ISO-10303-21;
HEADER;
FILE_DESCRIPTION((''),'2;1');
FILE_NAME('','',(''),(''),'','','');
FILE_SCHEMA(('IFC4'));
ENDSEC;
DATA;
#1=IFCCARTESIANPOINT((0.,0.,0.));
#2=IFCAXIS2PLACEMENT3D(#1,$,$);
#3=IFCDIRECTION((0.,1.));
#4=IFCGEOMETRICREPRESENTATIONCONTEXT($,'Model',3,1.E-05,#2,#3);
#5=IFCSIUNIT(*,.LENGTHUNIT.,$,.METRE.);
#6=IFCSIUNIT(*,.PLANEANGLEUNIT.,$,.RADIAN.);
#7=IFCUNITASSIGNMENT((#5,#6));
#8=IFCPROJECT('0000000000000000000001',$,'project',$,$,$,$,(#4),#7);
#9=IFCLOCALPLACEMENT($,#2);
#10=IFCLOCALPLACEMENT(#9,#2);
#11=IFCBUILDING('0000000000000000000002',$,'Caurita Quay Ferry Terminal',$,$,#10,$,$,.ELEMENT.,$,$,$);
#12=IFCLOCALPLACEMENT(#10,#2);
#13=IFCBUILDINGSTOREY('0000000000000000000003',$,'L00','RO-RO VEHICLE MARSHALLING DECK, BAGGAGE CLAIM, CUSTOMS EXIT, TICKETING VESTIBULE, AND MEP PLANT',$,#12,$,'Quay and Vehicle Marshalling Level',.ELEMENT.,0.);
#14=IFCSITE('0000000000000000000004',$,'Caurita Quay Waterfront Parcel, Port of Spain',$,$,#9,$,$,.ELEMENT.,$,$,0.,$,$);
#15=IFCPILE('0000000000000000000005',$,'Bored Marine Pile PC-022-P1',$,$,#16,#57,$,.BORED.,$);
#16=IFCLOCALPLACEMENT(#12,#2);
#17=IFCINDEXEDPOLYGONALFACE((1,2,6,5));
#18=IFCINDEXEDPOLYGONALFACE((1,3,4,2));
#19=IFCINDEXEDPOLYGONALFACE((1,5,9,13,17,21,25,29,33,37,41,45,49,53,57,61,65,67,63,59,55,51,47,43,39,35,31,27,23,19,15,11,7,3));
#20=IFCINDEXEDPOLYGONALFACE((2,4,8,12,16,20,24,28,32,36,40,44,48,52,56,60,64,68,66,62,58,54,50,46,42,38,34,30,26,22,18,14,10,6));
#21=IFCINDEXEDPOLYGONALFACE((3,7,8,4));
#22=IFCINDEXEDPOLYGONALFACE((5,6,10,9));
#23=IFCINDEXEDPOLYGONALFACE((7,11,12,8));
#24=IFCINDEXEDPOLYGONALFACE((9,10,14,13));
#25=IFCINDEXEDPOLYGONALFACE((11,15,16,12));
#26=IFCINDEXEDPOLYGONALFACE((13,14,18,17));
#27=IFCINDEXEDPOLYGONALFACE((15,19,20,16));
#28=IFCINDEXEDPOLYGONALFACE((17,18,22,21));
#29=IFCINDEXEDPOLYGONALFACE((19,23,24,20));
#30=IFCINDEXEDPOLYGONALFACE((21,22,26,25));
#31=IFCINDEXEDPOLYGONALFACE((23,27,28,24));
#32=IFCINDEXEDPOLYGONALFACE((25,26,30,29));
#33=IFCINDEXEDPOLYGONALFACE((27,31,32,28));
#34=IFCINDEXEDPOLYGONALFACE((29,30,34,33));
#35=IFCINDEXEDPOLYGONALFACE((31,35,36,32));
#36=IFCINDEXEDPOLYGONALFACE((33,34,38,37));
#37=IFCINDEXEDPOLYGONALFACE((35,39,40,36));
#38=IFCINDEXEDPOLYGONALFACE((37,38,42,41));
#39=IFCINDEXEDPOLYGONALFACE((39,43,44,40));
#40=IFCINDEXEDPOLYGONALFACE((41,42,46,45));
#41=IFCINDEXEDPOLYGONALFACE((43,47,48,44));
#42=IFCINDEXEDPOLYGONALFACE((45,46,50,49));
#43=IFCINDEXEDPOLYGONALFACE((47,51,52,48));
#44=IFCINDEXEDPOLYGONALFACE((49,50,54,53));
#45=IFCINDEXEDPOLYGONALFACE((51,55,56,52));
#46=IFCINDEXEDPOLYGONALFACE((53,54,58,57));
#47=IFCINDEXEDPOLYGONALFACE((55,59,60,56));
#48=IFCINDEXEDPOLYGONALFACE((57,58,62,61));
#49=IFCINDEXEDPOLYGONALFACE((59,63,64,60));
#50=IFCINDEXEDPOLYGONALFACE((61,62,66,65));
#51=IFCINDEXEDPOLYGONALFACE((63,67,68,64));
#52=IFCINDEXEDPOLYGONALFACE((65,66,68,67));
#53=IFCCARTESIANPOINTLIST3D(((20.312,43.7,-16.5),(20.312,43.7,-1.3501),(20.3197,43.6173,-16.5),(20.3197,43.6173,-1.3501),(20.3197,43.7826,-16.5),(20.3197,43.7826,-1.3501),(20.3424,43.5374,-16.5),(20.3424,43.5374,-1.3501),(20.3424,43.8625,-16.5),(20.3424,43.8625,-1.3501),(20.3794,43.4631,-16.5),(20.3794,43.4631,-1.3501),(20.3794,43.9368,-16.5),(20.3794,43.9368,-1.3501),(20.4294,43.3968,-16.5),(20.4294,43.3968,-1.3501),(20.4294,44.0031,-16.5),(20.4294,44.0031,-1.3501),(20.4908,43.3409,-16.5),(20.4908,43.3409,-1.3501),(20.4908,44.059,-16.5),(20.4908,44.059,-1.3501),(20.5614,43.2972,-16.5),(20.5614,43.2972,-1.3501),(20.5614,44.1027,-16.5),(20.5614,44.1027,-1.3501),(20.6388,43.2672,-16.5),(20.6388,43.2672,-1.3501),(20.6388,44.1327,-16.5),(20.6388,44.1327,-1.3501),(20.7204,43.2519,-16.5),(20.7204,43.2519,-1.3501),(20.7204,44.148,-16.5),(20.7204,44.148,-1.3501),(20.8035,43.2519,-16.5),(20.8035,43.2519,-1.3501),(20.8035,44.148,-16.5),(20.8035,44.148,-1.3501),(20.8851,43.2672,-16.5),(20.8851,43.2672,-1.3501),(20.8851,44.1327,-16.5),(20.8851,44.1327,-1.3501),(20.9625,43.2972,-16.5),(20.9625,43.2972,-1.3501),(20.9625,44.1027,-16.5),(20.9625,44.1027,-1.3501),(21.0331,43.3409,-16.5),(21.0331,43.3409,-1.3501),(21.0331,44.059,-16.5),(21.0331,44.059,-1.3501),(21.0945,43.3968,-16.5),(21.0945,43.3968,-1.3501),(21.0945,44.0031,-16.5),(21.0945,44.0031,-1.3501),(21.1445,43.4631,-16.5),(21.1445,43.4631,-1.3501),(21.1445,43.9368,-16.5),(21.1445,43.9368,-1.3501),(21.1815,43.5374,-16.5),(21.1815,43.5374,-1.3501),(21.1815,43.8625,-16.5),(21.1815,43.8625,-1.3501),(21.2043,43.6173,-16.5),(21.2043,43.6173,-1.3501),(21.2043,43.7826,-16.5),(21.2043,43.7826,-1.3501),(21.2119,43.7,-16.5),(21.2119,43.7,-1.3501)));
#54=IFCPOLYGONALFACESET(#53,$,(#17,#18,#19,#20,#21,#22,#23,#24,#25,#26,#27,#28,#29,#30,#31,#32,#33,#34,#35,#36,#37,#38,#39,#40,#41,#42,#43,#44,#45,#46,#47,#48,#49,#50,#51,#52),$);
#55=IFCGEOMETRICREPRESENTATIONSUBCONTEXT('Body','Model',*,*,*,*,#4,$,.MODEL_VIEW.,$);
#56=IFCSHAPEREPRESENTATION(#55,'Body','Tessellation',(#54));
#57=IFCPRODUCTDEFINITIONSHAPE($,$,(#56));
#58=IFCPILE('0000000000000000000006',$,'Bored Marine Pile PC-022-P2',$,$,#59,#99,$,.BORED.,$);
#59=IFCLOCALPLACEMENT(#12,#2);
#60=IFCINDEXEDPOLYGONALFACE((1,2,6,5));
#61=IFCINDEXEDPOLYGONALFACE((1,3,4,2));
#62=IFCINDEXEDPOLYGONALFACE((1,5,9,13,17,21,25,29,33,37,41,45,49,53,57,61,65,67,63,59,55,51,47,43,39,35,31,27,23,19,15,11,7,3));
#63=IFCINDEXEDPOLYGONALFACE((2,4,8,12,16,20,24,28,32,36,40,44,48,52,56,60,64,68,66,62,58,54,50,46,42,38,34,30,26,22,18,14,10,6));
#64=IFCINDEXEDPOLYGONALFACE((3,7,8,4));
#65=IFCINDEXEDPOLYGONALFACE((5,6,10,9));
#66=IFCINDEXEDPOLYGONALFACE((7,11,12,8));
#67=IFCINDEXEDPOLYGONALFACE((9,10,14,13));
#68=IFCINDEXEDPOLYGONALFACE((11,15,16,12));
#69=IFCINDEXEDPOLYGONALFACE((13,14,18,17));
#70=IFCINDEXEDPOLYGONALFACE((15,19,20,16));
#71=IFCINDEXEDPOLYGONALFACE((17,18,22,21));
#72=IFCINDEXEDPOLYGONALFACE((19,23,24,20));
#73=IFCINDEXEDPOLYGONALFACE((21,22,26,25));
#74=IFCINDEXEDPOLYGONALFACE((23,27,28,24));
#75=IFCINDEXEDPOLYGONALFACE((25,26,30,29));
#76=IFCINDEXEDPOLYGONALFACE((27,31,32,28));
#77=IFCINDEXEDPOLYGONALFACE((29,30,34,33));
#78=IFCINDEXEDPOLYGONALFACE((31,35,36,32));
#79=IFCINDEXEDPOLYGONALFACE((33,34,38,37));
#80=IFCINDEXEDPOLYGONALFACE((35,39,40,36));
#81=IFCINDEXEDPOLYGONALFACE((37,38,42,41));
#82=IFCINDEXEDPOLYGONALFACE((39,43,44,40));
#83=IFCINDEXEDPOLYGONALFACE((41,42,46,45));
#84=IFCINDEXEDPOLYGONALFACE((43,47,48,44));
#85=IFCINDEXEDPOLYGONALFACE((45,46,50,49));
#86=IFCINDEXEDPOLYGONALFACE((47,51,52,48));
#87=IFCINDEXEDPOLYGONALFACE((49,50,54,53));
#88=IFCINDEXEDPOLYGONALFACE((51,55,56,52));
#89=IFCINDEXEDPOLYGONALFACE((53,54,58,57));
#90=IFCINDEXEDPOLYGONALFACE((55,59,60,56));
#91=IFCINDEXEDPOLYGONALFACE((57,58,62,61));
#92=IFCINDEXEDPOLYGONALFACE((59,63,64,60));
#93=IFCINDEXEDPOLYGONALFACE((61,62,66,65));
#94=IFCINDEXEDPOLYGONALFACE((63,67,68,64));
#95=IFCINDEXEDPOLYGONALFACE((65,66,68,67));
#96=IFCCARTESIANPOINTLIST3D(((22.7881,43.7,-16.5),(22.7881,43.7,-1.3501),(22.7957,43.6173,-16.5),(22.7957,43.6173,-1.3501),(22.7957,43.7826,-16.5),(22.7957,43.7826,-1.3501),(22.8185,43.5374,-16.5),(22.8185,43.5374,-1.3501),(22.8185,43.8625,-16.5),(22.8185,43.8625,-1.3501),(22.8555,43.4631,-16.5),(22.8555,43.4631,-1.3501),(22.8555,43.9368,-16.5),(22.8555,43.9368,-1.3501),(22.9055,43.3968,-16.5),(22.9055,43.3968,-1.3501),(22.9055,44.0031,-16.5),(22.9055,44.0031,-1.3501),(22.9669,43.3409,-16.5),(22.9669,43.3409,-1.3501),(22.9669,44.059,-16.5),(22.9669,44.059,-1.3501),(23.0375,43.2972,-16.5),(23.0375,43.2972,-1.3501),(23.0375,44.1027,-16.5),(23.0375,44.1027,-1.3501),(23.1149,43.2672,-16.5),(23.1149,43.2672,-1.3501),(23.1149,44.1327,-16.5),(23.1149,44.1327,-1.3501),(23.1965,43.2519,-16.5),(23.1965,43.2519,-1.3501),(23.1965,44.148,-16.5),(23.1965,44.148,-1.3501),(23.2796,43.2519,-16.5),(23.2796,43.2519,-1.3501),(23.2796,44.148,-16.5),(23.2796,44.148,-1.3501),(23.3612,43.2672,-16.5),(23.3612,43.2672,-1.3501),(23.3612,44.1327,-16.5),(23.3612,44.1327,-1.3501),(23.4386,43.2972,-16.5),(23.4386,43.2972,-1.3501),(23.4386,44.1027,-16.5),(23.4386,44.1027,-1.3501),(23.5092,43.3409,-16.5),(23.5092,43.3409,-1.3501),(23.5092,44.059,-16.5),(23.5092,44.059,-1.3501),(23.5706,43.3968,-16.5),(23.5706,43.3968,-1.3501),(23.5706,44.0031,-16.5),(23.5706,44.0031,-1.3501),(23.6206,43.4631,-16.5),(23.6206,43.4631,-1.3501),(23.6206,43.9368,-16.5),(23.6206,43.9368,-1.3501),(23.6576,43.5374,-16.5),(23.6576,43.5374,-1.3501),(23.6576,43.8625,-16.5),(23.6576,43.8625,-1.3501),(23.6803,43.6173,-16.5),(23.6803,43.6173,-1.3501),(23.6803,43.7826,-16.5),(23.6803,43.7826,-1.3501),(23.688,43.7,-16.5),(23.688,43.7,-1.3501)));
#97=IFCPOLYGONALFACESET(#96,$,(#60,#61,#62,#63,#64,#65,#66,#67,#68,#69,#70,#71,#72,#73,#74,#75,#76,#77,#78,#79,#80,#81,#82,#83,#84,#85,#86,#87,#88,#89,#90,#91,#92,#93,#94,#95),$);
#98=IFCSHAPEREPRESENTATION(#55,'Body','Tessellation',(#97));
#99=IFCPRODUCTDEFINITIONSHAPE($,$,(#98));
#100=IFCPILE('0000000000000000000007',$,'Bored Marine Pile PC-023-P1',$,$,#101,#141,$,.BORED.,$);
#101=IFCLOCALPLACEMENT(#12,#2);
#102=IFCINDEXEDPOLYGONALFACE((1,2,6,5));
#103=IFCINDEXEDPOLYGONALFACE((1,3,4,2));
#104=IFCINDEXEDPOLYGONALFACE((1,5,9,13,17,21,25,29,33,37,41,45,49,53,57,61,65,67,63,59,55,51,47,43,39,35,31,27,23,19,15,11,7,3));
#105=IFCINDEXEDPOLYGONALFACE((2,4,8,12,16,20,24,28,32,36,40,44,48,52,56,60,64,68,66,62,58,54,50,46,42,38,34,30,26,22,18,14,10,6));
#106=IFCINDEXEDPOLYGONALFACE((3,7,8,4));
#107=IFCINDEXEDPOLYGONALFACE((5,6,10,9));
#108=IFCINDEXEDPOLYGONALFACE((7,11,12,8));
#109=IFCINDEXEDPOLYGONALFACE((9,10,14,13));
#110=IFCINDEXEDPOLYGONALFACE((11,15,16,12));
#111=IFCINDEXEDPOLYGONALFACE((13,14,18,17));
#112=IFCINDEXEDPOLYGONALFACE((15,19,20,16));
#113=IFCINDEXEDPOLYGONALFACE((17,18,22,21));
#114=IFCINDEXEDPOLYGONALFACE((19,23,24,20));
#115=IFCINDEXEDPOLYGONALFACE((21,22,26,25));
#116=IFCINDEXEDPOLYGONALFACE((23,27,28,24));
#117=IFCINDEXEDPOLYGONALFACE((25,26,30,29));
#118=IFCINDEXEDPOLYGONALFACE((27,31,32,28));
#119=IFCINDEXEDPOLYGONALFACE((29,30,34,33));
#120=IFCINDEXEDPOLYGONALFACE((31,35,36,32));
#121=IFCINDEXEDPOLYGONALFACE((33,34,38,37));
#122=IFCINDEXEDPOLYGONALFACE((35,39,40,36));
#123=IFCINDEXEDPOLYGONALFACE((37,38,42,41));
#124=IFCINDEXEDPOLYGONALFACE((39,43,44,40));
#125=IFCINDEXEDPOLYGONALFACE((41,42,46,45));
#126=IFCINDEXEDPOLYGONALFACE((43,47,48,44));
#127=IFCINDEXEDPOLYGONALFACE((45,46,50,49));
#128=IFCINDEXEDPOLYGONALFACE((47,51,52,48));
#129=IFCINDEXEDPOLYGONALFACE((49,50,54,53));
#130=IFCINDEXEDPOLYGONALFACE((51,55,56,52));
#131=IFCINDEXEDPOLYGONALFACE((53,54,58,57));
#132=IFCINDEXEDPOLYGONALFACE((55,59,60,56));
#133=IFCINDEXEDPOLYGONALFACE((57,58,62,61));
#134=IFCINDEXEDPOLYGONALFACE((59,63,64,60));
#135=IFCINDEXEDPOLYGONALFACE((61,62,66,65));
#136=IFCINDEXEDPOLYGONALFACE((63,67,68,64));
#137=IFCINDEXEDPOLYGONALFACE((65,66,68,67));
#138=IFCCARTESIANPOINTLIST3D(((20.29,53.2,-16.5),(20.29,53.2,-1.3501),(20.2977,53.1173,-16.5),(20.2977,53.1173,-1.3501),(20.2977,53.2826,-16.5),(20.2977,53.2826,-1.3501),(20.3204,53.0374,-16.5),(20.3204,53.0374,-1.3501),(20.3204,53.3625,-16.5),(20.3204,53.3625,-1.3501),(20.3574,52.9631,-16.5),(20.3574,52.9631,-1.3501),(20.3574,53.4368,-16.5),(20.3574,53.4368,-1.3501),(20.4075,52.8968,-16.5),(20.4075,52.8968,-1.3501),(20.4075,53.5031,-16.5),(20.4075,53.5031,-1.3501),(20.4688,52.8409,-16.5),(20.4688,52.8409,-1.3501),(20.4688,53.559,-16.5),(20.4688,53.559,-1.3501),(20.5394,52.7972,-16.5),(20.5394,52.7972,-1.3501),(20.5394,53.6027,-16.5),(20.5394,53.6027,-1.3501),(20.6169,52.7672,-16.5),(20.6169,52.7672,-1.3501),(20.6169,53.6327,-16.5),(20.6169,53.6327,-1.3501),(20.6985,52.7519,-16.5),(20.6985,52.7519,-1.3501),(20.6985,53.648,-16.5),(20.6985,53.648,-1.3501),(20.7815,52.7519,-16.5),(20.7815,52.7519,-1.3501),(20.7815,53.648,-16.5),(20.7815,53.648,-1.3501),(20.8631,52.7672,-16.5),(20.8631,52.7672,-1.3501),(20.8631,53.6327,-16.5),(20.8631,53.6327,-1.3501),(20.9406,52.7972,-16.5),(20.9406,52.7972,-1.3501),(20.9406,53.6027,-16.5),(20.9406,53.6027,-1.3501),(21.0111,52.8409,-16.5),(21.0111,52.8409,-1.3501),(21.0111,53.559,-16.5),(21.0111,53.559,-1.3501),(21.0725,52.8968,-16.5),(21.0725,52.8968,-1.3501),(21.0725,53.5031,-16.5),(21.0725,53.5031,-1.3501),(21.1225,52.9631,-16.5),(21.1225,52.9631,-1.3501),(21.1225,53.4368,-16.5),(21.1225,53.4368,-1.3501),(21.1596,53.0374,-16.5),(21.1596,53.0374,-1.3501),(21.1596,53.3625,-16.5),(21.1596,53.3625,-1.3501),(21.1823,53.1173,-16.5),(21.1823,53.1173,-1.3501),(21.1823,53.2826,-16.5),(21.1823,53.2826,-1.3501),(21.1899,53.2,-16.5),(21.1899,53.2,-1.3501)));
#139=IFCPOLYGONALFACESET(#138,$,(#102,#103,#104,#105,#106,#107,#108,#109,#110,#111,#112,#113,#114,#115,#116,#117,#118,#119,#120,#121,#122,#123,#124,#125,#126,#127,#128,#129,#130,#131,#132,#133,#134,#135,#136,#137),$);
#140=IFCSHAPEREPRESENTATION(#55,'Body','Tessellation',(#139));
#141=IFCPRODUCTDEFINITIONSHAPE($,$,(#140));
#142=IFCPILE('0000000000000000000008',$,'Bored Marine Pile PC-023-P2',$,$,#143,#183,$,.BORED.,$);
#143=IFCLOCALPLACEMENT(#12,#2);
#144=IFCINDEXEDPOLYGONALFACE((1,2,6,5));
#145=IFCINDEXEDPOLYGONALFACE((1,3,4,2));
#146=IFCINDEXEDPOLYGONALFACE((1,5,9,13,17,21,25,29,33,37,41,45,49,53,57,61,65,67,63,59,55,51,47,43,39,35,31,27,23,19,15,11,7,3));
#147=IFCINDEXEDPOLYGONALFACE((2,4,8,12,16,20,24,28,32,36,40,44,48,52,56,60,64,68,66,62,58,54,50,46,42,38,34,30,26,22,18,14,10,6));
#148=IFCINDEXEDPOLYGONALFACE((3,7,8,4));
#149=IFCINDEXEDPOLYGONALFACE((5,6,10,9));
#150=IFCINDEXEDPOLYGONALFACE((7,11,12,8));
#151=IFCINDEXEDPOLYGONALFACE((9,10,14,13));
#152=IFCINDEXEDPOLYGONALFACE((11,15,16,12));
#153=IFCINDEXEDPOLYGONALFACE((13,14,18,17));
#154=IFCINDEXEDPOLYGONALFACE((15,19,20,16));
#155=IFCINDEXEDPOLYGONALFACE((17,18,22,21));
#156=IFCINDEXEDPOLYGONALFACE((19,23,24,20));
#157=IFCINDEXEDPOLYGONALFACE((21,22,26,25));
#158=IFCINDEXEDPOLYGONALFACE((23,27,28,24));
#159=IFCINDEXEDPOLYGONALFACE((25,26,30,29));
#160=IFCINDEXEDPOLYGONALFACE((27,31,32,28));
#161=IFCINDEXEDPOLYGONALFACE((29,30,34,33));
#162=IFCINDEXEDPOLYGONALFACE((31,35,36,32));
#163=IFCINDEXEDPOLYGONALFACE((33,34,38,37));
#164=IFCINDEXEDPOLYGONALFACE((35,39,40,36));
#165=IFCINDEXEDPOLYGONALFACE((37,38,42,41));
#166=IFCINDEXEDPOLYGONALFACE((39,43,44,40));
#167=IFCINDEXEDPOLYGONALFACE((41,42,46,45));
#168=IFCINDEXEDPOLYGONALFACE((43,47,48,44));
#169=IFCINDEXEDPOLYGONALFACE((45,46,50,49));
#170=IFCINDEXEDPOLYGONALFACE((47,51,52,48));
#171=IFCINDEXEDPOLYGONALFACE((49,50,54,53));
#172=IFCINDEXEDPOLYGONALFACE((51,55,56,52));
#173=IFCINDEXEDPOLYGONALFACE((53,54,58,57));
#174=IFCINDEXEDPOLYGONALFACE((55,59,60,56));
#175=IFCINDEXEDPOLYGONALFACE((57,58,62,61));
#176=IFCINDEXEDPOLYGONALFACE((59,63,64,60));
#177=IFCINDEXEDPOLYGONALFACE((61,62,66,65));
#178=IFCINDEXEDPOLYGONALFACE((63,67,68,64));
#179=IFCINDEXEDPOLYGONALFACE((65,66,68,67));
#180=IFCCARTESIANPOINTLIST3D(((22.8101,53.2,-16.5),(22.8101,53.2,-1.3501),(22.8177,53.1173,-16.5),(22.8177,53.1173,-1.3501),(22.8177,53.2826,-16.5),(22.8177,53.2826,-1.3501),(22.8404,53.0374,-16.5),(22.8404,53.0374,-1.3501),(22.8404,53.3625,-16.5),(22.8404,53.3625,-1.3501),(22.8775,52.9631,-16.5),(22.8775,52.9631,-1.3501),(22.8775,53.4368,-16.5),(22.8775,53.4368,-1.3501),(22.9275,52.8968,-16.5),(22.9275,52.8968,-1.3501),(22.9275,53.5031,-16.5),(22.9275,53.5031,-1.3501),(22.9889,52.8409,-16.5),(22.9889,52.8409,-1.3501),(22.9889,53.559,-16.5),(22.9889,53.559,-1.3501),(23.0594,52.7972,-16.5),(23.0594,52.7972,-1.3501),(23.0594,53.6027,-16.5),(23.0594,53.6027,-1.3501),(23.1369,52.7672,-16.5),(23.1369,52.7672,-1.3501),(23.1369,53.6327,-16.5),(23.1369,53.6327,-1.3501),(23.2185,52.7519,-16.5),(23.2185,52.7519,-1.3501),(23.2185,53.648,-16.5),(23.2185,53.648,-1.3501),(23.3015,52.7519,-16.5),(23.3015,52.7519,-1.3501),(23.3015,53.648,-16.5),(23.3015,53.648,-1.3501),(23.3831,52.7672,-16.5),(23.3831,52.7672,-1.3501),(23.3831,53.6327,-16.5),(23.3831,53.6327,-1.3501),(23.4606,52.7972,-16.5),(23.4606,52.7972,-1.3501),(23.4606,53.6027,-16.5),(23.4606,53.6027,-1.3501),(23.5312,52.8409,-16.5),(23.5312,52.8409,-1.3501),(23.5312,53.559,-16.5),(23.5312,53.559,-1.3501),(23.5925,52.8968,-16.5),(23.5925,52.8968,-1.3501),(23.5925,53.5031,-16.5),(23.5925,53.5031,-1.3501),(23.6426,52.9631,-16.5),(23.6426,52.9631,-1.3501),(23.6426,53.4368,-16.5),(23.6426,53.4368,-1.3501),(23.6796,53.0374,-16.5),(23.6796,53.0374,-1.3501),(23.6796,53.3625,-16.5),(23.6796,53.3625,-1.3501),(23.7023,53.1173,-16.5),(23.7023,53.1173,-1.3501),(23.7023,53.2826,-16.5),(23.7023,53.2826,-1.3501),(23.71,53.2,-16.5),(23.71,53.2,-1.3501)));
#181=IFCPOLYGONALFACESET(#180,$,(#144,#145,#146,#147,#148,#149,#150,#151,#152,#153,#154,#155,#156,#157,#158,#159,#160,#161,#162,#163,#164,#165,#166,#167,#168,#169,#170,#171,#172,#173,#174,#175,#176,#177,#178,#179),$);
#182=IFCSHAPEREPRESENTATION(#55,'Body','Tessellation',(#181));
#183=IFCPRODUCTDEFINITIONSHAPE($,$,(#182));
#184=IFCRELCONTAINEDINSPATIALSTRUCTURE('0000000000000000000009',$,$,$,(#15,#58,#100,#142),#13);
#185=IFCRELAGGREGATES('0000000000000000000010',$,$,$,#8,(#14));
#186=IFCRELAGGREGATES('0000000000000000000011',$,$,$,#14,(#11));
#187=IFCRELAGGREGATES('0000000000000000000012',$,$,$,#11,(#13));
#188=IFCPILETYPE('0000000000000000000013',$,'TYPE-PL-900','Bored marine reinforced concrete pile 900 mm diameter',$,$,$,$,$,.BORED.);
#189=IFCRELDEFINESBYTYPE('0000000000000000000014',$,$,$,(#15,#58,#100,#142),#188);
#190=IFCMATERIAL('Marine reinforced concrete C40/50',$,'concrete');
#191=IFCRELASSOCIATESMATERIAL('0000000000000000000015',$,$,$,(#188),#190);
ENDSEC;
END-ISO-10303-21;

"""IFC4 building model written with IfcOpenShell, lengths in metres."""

from ifc_helpers import new_model, si_unit, direction, frame, origin, origin_2d, place, context, subcontext, project, spatial, circle, extrude, material, material_profile, profile_set, type_object, element, save


model = new_model("IFC4")

# Units and contexts
model_context = context("Model", 3, precision=1e-05, world=origin(), true_north=direction((0.0, 1.0)))
body_context = subcontext(model_context, "Body", "Model", "MODEL_VIEW")
ifc_project = project(units=[si_unit("LENGTHUNIT", "METRE"), si_unit("PLANEANGLEUNIT", "RADIAN")], contexts=[model_context])

# Site, building, storey
site_placement = place(None, origin())
site = spatial("IfcSite", under=ifc_project, at=site_placement, Name="Caurita Quay Waterfront Parcel, Port of Spain", CompositionType="ELEMENT", RefElevation=0.0)
building_placement = place(site_placement, origin())
building = spatial("IfcBuilding", under=site, at=building_placement, Name="Caurita Quay Ferry Terminal", CompositionType="ELEMENT")
storey_placement = place(building_placement, origin())
storey = spatial("IfcBuildingStorey", under=building, at=storey_placement, Name="L00", Description="RO-RO VEHICLE MARSHALLING DECK, BAGGAGE CLAIM, CUSTOMS EXIT, TICKETING VESTIBULE, AND MEP PLANT", LongName="Quay and Vehicle Marshalling Level", CompositionType="ELEMENT", Elevation=0.0)

# Piles
ifc_material_1 = material(Name="Marine reinforced concrete C40/50", Category="concrete")
ifc_material_profile_1 = material_profile(ifc_material_1, circle(Radius=0.45, at=origin_2d()), Name="PILE-D900")
ifc_profile_set_1 = profile_set([ifc_material_profile_1], Name="Marine reinforced concrete C40/50")
pile_type_1 = type_object("IfcPileType", Name="TYPE-PL-900", Description="Bored marine reinforced concrete pile 900 mm diameter", PredefinedType="BORED", material=ifc_profile_set_1)
for number, where, z_axis, x_axis, name in (
    (1, (20.762, 43.7, -1.3501), (0.0, 0.0, -1.0), (1.0, 0.0, 0.0), "Bored Marine Pile PC-022-P1"),
    (2, (23.238, 43.7, -1.3501), (0.0, 0.0, -1.0), (1.0, 0.0, 0.0), "Bored Marine Pile PC-022-P2"),
    (3, (20.74, 53.2, -1.3501), (0.0, 0.0, -1.0), (1.0, 0.0, 0.0), "Bored Marine Pile PC-023-P1"),
    (4, (23.26, 53.2, -1.3501), (0.0, 0.0, -1.0), (1.0, 0.0, 0.0), "Bored Marine Pile PC-023-P2"),
):
    element("IfcPile", number, at=place(storey_placement, frame(where, z_axis=z_axis, x_axis=x_axis)), inside=storey, type_object=pile_type_1, Name=name, PredefinedType="BORED", context=body_context, shape_type="SweptSolid", body=[
        extrude(circle(Radius=0.45, at=origin_2d()), origin(), (0.0, 0.0, 1.0), 15.1499),
    ])

save(model, "model.ifc")
